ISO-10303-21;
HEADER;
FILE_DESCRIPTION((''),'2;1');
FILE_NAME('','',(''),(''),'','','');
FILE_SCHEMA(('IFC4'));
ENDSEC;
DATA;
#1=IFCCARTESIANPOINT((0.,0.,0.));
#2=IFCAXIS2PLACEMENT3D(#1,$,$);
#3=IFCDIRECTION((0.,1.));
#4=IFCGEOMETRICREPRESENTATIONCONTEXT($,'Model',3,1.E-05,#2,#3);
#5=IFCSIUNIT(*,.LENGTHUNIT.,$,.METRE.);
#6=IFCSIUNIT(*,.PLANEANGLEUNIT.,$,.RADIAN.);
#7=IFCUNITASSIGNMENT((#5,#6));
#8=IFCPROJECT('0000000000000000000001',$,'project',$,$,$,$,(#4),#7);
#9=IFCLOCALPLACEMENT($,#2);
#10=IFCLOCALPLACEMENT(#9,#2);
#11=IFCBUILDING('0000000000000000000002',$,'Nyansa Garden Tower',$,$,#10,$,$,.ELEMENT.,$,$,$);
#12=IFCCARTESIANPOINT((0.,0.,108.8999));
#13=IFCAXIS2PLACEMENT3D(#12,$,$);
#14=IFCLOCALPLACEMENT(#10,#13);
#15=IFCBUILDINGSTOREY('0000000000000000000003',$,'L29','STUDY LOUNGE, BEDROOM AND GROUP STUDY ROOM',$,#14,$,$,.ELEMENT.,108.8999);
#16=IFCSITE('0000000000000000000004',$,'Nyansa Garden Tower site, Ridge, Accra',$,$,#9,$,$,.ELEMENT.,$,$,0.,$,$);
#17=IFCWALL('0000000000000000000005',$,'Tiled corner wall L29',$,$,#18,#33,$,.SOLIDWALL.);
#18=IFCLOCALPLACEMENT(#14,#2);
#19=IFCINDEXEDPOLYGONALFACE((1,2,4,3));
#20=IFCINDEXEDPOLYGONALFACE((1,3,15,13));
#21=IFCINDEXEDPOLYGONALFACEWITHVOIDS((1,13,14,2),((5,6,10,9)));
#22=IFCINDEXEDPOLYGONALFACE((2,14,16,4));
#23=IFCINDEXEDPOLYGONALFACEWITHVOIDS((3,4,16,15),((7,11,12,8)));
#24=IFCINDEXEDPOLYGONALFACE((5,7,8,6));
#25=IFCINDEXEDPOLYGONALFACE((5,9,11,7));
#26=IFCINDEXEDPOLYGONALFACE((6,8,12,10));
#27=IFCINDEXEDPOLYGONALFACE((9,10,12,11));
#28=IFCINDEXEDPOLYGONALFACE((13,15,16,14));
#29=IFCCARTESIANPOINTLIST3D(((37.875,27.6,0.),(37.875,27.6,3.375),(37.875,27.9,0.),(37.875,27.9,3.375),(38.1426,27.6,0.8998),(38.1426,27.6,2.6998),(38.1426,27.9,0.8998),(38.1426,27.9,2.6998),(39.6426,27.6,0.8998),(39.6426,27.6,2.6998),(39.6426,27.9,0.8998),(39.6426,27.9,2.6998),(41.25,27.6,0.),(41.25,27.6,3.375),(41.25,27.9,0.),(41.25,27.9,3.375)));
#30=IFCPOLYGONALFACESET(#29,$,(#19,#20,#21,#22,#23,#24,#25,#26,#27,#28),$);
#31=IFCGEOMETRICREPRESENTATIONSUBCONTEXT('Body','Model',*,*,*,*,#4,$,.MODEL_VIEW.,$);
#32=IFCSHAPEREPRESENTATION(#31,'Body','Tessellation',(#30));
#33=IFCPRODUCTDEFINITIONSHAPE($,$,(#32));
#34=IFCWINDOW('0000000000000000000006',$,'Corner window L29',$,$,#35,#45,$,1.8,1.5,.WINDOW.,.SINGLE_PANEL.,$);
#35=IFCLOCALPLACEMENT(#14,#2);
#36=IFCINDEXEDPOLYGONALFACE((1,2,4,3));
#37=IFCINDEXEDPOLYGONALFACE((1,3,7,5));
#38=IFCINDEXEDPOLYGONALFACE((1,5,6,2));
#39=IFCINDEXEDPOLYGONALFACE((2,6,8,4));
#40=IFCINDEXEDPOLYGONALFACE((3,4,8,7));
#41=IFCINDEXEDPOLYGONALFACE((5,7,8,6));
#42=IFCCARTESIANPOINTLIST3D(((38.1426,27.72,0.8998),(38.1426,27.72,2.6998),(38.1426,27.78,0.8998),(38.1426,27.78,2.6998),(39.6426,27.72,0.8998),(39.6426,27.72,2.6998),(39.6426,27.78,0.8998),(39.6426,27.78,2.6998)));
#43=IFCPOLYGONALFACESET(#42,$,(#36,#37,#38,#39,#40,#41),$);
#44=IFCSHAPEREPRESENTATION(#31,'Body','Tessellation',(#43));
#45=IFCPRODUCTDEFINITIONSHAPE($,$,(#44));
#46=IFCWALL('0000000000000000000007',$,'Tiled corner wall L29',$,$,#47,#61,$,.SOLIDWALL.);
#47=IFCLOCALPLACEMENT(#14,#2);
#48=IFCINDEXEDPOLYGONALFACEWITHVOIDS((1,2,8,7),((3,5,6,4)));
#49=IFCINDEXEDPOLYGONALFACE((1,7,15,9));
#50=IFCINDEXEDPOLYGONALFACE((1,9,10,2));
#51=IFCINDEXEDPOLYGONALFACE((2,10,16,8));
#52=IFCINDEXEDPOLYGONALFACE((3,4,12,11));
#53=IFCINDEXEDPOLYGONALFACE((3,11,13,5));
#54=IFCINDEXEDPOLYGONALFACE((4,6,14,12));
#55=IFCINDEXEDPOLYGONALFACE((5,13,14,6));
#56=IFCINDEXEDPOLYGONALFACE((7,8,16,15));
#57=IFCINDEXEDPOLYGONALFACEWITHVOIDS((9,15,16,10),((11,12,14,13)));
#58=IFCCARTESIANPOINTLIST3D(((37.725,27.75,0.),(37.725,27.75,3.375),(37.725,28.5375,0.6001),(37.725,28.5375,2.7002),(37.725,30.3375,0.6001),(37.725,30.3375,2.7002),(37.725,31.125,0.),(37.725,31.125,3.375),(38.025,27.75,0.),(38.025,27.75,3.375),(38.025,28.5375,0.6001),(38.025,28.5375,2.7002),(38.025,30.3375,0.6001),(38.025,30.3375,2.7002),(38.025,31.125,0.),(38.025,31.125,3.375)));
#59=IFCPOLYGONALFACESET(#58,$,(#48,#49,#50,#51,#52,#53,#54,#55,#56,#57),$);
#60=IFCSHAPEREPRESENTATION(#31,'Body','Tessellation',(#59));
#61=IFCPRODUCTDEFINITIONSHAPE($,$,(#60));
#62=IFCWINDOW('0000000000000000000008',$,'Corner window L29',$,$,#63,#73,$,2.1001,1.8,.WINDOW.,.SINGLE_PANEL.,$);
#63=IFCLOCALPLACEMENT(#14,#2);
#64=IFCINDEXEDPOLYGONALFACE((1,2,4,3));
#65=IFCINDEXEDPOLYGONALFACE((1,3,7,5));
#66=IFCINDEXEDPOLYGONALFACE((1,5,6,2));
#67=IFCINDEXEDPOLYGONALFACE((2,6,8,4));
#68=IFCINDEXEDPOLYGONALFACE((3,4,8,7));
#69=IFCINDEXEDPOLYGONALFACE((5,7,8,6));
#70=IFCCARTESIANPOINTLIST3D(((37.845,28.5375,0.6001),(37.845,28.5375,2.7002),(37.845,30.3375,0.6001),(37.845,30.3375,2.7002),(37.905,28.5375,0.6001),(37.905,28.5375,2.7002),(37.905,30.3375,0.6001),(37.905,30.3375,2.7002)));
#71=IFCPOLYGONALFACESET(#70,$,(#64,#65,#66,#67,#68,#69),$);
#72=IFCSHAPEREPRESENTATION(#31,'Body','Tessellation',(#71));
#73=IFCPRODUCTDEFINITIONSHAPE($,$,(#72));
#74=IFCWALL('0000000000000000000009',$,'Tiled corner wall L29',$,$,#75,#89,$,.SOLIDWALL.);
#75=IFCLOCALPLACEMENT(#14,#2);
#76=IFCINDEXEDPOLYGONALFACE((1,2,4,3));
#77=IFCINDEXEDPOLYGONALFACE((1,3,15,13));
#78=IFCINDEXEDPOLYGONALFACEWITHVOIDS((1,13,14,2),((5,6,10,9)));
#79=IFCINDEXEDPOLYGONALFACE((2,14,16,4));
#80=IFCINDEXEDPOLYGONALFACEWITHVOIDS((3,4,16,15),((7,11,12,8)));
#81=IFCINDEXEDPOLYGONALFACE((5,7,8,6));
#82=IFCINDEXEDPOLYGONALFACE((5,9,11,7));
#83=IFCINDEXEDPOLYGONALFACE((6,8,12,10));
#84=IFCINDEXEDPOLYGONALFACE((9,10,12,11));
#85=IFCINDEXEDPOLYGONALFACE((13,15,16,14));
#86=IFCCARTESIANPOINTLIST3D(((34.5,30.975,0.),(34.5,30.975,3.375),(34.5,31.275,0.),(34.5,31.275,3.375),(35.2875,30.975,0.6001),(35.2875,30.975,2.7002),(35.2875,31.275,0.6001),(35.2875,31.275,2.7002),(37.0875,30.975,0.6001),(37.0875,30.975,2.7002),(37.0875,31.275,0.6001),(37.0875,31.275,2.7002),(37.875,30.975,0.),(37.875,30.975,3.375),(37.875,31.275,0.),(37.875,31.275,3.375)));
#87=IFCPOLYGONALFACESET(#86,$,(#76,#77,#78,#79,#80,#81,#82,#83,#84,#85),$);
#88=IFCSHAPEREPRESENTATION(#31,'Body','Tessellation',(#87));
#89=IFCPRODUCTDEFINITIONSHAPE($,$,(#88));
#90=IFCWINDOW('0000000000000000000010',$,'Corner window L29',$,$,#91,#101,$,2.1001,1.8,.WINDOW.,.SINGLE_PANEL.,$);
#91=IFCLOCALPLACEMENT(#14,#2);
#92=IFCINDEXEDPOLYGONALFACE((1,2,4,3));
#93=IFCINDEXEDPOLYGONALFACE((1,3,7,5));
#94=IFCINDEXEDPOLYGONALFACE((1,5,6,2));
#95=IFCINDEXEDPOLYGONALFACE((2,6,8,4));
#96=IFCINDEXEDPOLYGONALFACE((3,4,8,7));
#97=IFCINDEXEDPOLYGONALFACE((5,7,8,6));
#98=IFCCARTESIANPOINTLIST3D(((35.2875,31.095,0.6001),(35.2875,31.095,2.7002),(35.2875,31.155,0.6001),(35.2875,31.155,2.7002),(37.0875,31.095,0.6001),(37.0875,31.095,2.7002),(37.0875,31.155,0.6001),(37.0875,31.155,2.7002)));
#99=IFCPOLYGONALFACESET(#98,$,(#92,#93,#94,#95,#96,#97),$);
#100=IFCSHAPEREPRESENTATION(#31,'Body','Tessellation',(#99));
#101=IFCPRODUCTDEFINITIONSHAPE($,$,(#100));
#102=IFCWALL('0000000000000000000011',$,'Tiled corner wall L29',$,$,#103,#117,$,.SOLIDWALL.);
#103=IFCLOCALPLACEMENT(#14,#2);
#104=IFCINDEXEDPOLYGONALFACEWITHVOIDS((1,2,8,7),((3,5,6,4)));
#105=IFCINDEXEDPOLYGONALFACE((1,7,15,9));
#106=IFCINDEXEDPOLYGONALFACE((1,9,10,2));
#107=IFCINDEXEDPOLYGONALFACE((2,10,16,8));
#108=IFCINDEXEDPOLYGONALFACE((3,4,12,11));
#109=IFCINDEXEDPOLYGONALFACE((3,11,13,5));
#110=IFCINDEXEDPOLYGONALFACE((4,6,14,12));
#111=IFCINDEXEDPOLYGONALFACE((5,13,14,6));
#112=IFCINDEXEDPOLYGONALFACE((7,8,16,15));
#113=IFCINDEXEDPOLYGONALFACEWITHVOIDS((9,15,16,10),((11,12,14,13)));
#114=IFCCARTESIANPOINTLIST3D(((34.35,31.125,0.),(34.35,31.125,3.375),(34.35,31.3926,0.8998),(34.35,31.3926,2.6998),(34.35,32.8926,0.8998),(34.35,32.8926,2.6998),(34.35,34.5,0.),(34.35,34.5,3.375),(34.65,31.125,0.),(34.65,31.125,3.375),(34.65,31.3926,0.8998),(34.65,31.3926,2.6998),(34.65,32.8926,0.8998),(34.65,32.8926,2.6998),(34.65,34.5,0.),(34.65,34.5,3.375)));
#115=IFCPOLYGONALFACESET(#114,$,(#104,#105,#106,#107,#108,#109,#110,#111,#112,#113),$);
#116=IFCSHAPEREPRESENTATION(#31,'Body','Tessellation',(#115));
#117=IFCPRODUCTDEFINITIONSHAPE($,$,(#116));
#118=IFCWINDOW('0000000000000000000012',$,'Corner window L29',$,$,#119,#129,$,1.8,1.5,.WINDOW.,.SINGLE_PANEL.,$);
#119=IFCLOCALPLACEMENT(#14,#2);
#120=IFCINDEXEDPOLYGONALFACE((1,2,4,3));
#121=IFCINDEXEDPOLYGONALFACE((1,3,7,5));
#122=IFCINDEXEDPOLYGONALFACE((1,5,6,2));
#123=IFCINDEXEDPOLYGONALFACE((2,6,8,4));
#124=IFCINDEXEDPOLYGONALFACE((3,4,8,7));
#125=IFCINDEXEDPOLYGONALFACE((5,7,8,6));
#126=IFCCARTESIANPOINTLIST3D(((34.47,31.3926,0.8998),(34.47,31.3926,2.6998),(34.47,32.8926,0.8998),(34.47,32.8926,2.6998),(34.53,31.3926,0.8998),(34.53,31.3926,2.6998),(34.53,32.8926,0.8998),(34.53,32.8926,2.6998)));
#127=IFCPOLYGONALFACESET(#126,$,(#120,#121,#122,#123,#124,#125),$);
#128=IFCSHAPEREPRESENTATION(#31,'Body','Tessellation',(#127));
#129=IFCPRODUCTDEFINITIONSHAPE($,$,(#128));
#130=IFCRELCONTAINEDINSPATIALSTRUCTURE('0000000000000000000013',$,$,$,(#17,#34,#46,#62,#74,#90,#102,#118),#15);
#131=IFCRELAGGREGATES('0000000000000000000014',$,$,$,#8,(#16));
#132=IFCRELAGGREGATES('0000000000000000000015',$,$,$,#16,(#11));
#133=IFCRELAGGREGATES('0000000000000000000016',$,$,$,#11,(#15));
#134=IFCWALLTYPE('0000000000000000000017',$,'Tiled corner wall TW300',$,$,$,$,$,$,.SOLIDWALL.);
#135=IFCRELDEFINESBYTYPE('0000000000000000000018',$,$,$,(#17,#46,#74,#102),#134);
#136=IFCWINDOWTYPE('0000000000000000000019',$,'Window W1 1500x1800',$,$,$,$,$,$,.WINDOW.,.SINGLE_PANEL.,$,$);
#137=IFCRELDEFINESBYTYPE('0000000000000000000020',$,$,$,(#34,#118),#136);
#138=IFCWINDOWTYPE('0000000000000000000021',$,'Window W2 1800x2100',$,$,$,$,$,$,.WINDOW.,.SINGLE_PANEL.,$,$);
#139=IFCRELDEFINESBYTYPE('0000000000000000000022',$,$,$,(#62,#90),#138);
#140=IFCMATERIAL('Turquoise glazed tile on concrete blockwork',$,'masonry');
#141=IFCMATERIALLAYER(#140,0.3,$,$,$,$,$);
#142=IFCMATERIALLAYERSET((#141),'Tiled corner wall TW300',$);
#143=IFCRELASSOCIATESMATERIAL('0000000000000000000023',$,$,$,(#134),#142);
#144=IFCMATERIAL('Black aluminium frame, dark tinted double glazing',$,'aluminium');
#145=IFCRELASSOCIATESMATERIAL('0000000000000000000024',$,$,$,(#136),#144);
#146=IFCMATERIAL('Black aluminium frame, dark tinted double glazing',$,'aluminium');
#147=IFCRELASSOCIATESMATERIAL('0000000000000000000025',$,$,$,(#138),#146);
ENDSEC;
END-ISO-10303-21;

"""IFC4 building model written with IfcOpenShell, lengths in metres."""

from ifc_helpers import new_model, si_unit, direction, frame, frame_2d, origin, place, context, subcontext, project, spatial, rectangle, extrude, material, layer, layer_set, type_object, element, fill, save


model = new_model("IFC4")

# Units and contexts
model_context = context("Model", 3, precision=1e-05, world=origin(), true_north=direction((0.0, 1.0)))
body_context = subcontext(model_context, "Body", "Model", "MODEL_VIEW")
ifc_project = project(units=[si_unit("LENGTHUNIT", "METRE"), si_unit("PLANEANGLEUNIT", "RADIAN")], contexts=[model_context])

# Site, building, storey
site_placement = place(None, origin())
site = spatial("IfcSite", under=ifc_project, at=site_placement, Name="Nyansa Garden Tower site, Ridge, Accra", CompositionType="ELEMENT", RefElevation=0.0)
building_placement = place(site_placement, origin())
building = spatial("IfcBuilding", under=site, at=building_placement, Name="Nyansa Garden Tower", CompositionType="ELEMENT")
storey_placement = place(building_placement, frame((0.0, 0.0, 108.8999)))
storey = spatial("IfcBuildingStorey", under=building, at=storey_placement, Name="L29", Description="STUDY LOUNGE, BEDROOM AND GROUP STUDY ROOM", CompositionType="ELEMENT", Elevation=108.8999)

# Walls, openings, windows
ifc_material_1 = material(Name="Turquoise glazed tile on concrete blockwork", Category="masonry")
ifc_layer_1 = layer(ifc_material_1, 0.3)
ifc_layer_set_1 = layer_set([ifc_layer_1], Name="Tiled corner wall TW300")
wall_type_1 = type_object("IfcWallType", Name="Tiled corner wall TW300", PredefinedType="SOLIDWALL", material=ifc_layer_set_1)
wall_1_placement = place(storey_placement, frame((41.25, 27.75, 0.0), z_axis=(0.0, 0.0, 1.0), x_axis=(-1.0, 0.0, 0.0)))
wall_1 = element("IfcWall", 1, at=wall_1_placement, inside=storey, type_object=wall_type_1, Name="Tiled corner wall L29", PredefinedType="SOLIDWALL", context=body_context, shape_type="SweptSolid", body=[
    extrude(rectangle(XDim=3.375, YDim=0.3, at=frame_2d((1.6875, 0.0))), origin(), (0.0, 0.0, 1.0), 3.375),
])
opening_1_placement = place(wall_1_placement, frame((1.6074, 0.0, 0.8999)))
opening_1 = element("IfcOpeningElement", 2, at=opening_1_placement, cuts=wall_1, PredefinedType="OPENING", context=body_context, shape_type="SweptSolid", body=[
    extrude(rectangle(XDim=1.5, YDim=1.8, at=frame_2d((0.75, 0.8999))), frame((0.0, 0.1599, 0.0), z_axis=(0.0, -1.0, 0.0), x_axis=(1.0, 0.0, 0.0)), (0.0, 0.0, 1.0), 0.3201),
])
ifc_material_2 = material(Name="Black aluminium frame, dark tinted double glazing", Category="aluminium")
window_type_1 = type_object("IfcWindowType", Name="Window W1 1500x1800", PartitioningType="SINGLE_PANEL", PredefinedType="WINDOW", material=ifc_material_2)
window_1_placement = place(opening_1_placement, origin())
window_1 = element("IfcWindow", 3, at=window_1_placement, inside=storey, type_object=window_type_1, Name="Corner window L29", OverallHeight=1.8, OverallWidth=1.5, PartitioningType="SINGLE_PANEL", PredefinedType="WINDOW", context=body_context, shape_type="SweptSolid", body=[
    extrude(rectangle(XDim=1.5, YDim=1.8, at=frame_2d((0.75, 0.8999))), frame((0.0, 0.03, 0.0), z_axis=(0.0, -1.0, 0.0), x_axis=(1.0, 0.0, 0.0)), (0.0, 0.0, 1.0), 0.0601),
])
fill(opening_1, window_1)
wall_2_placement = place(storey_placement, frame((37.875, 27.75, 0.0), z_axis=(0.0, 0.0, 1.0), x_axis=(0.0, 1.0, 0.0)))
wall_2 = element("IfcWall", 4, at=wall_2_placement, inside=storey, type_object=wall_type_1, Name="Tiled corner wall L29", PredefinedType="SOLIDWALL", context=body_context, shape_type="SweptSolid", body=[
    extrude(rectangle(XDim=3.375, YDim=0.3, at=frame_2d((1.6875, 0.0))), origin(), (0.0, 0.0, 1.0), 3.375),
])
opening_2_placement = place(wall_2_placement, frame((0.7876, 0.0, 0.6001)))
opening_2 = element("IfcOpeningElement", 5, at=opening_2_placement, cuts=wall_2, PredefinedType="OPENING", context=body_context, shape_type="SweptSolid", body=[
    extrude(rectangle(XDim=1.8, YDim=2.1001, at=frame_2d((0.8999, 1.05))), frame((0.0, 0.1599, 0.0), z_axis=(0.0, -1.0, 0.0), x_axis=(1.0, 0.0, 0.0)), (0.0, 0.0, 1.0), 0.3201),
])
ifc_material_3 = material(Name="Black aluminium frame, dark tinted double glazing", Category="aluminium")
window_type_2 = type_object("IfcWindowType", Name="Window W2 1800x2100", PartitioningType="SINGLE_PANEL", PredefinedType="WINDOW", material=ifc_material_3)
window_2_placement = place(opening_2_placement, origin())
window_2 = element("IfcWindow", 6, at=window_2_placement, inside=storey, type_object=window_type_2, Name="Corner window L29", OverallHeight=2.1001, OverallWidth=1.8, PartitioningType="SINGLE_PANEL", PredefinedType="WINDOW", context=body_context, shape_type="SweptSolid", body=[
    extrude(rectangle(XDim=1.8, YDim=2.1001, at=frame_2d((0.8999, 1.05))), frame((0.0, 0.03, 0.0), z_axis=(0.0, -1.0, 0.0), x_axis=(1.0, 0.0, 0.0)), (0.0, 0.0, 1.0), 0.0601),
])
fill(opening_2, window_2)
wall_3_placement = place(storey_placement, frame((37.875, 31.125, 0.0), z_axis=(0.0, 0.0, 1.0), x_axis=(-1.0, 0.0, 0.0)))
wall_3 = element("IfcWall", 7, at=wall_3_placement, inside=storey, type_object=wall_type_1, Name="Tiled corner wall L29", PredefinedType="SOLIDWALL", context=body_context, shape_type="SweptSolid", body=[
    extrude(rectangle(XDim=3.375, YDim=0.3, at=frame_2d((1.6875, 0.0))), origin(), (0.0, 0.0, 1.0), 3.375),
])
opening_3_placement = place(wall_3_placement, frame((0.7876, 0.0, 0.6001)))
opening_3 = element("IfcOpeningElement", 8, at=opening_3_placement, cuts=wall_3, PredefinedType="OPENING", context=body_context, shape_type="SweptSolid", body=[
    extrude(rectangle(XDim=1.8, YDim=2.1001, at=frame_2d((0.8999, 1.05))), frame((0.0, 0.1599, 0.0), z_axis=(0.0, -1.0, 0.0), x_axis=(1.0, 0.0, 0.0)), (0.0, 0.0, 1.0), 0.3201),
])
window_3_placement = place(opening_3_placement, origin())
window_3 = element("IfcWindow", 9, at=window_3_placement, inside=storey, type_object=window_type_2, Name="Corner window L29", OverallHeight=2.1001, OverallWidth=1.8, PartitioningType="SINGLE_PANEL", PredefinedType="WINDOW", context=body_context, shape_type="SweptSolid", body=[
    extrude(rectangle(XDim=1.8, YDim=2.1001, at=frame_2d((0.8999, 1.05))), frame((0.0, 0.03, 0.0), z_axis=(0.0, -1.0, 0.0), x_axis=(1.0, 0.0, 0.0)), (0.0, 0.0, 1.0), 0.0601),
])
fill(opening_3, window_3)
wall_4_placement = place(storey_placement, frame((34.5, 31.125, 0.0), z_axis=(0.0, 0.0, 1.0), x_axis=(0.0, 1.0, 0.0)))
wall_4 = element("IfcWall", 10, at=wall_4_placement, inside=storey, type_object=wall_type_1, Name="Tiled corner wall L29", PredefinedType="SOLIDWALL", context=body_context, shape_type="SweptSolid", body=[
    extrude(rectangle(XDim=3.375, YDim=0.3, at=frame_2d((1.6875, 0.0))), origin(), (0.0, 0.0, 1.0), 3.375),
])
opening_4_placement = place(wall_4_placement, frame((0.2676, 0.0, 0.8999)))
opening_4 = element("IfcOpeningElement", 11, at=opening_4_placement, cuts=wall_4, PredefinedType="OPENING", context=body_context, shape_type="SweptSolid", body=[
    extrude(rectangle(XDim=1.5, YDim=1.8, at=frame_2d((0.75, 0.8999))), frame((0.0, 0.1599, 0.0), z_axis=(0.0, -1.0, 0.0), x_axis=(1.0, 0.0, 0.0)), (0.0, 0.0, 1.0), 0.3201),
])
window_4_placement = place(opening_4_placement, origin())
window_4 = element("IfcWindow", 12, at=window_4_placement, inside=storey, type_object=window_type_1, Name="Corner window L29", OverallHeight=1.8, OverallWidth=1.5, PartitioningType="SINGLE_PANEL", PredefinedType="WINDOW", context=body_context, shape_type="SweptSolid", body=[
    extrude(rectangle(XDim=1.5, YDim=1.8, at=frame_2d((0.75, 0.8999))), frame((0.0, 0.03, 0.0), z_axis=(0.0, -1.0, 0.0), x_axis=(1.0, 0.0, 0.0)), (0.0, 0.0, 1.0), 0.0601),
])
fill(opening_4, window_4)

save(model, "model.ifc")
